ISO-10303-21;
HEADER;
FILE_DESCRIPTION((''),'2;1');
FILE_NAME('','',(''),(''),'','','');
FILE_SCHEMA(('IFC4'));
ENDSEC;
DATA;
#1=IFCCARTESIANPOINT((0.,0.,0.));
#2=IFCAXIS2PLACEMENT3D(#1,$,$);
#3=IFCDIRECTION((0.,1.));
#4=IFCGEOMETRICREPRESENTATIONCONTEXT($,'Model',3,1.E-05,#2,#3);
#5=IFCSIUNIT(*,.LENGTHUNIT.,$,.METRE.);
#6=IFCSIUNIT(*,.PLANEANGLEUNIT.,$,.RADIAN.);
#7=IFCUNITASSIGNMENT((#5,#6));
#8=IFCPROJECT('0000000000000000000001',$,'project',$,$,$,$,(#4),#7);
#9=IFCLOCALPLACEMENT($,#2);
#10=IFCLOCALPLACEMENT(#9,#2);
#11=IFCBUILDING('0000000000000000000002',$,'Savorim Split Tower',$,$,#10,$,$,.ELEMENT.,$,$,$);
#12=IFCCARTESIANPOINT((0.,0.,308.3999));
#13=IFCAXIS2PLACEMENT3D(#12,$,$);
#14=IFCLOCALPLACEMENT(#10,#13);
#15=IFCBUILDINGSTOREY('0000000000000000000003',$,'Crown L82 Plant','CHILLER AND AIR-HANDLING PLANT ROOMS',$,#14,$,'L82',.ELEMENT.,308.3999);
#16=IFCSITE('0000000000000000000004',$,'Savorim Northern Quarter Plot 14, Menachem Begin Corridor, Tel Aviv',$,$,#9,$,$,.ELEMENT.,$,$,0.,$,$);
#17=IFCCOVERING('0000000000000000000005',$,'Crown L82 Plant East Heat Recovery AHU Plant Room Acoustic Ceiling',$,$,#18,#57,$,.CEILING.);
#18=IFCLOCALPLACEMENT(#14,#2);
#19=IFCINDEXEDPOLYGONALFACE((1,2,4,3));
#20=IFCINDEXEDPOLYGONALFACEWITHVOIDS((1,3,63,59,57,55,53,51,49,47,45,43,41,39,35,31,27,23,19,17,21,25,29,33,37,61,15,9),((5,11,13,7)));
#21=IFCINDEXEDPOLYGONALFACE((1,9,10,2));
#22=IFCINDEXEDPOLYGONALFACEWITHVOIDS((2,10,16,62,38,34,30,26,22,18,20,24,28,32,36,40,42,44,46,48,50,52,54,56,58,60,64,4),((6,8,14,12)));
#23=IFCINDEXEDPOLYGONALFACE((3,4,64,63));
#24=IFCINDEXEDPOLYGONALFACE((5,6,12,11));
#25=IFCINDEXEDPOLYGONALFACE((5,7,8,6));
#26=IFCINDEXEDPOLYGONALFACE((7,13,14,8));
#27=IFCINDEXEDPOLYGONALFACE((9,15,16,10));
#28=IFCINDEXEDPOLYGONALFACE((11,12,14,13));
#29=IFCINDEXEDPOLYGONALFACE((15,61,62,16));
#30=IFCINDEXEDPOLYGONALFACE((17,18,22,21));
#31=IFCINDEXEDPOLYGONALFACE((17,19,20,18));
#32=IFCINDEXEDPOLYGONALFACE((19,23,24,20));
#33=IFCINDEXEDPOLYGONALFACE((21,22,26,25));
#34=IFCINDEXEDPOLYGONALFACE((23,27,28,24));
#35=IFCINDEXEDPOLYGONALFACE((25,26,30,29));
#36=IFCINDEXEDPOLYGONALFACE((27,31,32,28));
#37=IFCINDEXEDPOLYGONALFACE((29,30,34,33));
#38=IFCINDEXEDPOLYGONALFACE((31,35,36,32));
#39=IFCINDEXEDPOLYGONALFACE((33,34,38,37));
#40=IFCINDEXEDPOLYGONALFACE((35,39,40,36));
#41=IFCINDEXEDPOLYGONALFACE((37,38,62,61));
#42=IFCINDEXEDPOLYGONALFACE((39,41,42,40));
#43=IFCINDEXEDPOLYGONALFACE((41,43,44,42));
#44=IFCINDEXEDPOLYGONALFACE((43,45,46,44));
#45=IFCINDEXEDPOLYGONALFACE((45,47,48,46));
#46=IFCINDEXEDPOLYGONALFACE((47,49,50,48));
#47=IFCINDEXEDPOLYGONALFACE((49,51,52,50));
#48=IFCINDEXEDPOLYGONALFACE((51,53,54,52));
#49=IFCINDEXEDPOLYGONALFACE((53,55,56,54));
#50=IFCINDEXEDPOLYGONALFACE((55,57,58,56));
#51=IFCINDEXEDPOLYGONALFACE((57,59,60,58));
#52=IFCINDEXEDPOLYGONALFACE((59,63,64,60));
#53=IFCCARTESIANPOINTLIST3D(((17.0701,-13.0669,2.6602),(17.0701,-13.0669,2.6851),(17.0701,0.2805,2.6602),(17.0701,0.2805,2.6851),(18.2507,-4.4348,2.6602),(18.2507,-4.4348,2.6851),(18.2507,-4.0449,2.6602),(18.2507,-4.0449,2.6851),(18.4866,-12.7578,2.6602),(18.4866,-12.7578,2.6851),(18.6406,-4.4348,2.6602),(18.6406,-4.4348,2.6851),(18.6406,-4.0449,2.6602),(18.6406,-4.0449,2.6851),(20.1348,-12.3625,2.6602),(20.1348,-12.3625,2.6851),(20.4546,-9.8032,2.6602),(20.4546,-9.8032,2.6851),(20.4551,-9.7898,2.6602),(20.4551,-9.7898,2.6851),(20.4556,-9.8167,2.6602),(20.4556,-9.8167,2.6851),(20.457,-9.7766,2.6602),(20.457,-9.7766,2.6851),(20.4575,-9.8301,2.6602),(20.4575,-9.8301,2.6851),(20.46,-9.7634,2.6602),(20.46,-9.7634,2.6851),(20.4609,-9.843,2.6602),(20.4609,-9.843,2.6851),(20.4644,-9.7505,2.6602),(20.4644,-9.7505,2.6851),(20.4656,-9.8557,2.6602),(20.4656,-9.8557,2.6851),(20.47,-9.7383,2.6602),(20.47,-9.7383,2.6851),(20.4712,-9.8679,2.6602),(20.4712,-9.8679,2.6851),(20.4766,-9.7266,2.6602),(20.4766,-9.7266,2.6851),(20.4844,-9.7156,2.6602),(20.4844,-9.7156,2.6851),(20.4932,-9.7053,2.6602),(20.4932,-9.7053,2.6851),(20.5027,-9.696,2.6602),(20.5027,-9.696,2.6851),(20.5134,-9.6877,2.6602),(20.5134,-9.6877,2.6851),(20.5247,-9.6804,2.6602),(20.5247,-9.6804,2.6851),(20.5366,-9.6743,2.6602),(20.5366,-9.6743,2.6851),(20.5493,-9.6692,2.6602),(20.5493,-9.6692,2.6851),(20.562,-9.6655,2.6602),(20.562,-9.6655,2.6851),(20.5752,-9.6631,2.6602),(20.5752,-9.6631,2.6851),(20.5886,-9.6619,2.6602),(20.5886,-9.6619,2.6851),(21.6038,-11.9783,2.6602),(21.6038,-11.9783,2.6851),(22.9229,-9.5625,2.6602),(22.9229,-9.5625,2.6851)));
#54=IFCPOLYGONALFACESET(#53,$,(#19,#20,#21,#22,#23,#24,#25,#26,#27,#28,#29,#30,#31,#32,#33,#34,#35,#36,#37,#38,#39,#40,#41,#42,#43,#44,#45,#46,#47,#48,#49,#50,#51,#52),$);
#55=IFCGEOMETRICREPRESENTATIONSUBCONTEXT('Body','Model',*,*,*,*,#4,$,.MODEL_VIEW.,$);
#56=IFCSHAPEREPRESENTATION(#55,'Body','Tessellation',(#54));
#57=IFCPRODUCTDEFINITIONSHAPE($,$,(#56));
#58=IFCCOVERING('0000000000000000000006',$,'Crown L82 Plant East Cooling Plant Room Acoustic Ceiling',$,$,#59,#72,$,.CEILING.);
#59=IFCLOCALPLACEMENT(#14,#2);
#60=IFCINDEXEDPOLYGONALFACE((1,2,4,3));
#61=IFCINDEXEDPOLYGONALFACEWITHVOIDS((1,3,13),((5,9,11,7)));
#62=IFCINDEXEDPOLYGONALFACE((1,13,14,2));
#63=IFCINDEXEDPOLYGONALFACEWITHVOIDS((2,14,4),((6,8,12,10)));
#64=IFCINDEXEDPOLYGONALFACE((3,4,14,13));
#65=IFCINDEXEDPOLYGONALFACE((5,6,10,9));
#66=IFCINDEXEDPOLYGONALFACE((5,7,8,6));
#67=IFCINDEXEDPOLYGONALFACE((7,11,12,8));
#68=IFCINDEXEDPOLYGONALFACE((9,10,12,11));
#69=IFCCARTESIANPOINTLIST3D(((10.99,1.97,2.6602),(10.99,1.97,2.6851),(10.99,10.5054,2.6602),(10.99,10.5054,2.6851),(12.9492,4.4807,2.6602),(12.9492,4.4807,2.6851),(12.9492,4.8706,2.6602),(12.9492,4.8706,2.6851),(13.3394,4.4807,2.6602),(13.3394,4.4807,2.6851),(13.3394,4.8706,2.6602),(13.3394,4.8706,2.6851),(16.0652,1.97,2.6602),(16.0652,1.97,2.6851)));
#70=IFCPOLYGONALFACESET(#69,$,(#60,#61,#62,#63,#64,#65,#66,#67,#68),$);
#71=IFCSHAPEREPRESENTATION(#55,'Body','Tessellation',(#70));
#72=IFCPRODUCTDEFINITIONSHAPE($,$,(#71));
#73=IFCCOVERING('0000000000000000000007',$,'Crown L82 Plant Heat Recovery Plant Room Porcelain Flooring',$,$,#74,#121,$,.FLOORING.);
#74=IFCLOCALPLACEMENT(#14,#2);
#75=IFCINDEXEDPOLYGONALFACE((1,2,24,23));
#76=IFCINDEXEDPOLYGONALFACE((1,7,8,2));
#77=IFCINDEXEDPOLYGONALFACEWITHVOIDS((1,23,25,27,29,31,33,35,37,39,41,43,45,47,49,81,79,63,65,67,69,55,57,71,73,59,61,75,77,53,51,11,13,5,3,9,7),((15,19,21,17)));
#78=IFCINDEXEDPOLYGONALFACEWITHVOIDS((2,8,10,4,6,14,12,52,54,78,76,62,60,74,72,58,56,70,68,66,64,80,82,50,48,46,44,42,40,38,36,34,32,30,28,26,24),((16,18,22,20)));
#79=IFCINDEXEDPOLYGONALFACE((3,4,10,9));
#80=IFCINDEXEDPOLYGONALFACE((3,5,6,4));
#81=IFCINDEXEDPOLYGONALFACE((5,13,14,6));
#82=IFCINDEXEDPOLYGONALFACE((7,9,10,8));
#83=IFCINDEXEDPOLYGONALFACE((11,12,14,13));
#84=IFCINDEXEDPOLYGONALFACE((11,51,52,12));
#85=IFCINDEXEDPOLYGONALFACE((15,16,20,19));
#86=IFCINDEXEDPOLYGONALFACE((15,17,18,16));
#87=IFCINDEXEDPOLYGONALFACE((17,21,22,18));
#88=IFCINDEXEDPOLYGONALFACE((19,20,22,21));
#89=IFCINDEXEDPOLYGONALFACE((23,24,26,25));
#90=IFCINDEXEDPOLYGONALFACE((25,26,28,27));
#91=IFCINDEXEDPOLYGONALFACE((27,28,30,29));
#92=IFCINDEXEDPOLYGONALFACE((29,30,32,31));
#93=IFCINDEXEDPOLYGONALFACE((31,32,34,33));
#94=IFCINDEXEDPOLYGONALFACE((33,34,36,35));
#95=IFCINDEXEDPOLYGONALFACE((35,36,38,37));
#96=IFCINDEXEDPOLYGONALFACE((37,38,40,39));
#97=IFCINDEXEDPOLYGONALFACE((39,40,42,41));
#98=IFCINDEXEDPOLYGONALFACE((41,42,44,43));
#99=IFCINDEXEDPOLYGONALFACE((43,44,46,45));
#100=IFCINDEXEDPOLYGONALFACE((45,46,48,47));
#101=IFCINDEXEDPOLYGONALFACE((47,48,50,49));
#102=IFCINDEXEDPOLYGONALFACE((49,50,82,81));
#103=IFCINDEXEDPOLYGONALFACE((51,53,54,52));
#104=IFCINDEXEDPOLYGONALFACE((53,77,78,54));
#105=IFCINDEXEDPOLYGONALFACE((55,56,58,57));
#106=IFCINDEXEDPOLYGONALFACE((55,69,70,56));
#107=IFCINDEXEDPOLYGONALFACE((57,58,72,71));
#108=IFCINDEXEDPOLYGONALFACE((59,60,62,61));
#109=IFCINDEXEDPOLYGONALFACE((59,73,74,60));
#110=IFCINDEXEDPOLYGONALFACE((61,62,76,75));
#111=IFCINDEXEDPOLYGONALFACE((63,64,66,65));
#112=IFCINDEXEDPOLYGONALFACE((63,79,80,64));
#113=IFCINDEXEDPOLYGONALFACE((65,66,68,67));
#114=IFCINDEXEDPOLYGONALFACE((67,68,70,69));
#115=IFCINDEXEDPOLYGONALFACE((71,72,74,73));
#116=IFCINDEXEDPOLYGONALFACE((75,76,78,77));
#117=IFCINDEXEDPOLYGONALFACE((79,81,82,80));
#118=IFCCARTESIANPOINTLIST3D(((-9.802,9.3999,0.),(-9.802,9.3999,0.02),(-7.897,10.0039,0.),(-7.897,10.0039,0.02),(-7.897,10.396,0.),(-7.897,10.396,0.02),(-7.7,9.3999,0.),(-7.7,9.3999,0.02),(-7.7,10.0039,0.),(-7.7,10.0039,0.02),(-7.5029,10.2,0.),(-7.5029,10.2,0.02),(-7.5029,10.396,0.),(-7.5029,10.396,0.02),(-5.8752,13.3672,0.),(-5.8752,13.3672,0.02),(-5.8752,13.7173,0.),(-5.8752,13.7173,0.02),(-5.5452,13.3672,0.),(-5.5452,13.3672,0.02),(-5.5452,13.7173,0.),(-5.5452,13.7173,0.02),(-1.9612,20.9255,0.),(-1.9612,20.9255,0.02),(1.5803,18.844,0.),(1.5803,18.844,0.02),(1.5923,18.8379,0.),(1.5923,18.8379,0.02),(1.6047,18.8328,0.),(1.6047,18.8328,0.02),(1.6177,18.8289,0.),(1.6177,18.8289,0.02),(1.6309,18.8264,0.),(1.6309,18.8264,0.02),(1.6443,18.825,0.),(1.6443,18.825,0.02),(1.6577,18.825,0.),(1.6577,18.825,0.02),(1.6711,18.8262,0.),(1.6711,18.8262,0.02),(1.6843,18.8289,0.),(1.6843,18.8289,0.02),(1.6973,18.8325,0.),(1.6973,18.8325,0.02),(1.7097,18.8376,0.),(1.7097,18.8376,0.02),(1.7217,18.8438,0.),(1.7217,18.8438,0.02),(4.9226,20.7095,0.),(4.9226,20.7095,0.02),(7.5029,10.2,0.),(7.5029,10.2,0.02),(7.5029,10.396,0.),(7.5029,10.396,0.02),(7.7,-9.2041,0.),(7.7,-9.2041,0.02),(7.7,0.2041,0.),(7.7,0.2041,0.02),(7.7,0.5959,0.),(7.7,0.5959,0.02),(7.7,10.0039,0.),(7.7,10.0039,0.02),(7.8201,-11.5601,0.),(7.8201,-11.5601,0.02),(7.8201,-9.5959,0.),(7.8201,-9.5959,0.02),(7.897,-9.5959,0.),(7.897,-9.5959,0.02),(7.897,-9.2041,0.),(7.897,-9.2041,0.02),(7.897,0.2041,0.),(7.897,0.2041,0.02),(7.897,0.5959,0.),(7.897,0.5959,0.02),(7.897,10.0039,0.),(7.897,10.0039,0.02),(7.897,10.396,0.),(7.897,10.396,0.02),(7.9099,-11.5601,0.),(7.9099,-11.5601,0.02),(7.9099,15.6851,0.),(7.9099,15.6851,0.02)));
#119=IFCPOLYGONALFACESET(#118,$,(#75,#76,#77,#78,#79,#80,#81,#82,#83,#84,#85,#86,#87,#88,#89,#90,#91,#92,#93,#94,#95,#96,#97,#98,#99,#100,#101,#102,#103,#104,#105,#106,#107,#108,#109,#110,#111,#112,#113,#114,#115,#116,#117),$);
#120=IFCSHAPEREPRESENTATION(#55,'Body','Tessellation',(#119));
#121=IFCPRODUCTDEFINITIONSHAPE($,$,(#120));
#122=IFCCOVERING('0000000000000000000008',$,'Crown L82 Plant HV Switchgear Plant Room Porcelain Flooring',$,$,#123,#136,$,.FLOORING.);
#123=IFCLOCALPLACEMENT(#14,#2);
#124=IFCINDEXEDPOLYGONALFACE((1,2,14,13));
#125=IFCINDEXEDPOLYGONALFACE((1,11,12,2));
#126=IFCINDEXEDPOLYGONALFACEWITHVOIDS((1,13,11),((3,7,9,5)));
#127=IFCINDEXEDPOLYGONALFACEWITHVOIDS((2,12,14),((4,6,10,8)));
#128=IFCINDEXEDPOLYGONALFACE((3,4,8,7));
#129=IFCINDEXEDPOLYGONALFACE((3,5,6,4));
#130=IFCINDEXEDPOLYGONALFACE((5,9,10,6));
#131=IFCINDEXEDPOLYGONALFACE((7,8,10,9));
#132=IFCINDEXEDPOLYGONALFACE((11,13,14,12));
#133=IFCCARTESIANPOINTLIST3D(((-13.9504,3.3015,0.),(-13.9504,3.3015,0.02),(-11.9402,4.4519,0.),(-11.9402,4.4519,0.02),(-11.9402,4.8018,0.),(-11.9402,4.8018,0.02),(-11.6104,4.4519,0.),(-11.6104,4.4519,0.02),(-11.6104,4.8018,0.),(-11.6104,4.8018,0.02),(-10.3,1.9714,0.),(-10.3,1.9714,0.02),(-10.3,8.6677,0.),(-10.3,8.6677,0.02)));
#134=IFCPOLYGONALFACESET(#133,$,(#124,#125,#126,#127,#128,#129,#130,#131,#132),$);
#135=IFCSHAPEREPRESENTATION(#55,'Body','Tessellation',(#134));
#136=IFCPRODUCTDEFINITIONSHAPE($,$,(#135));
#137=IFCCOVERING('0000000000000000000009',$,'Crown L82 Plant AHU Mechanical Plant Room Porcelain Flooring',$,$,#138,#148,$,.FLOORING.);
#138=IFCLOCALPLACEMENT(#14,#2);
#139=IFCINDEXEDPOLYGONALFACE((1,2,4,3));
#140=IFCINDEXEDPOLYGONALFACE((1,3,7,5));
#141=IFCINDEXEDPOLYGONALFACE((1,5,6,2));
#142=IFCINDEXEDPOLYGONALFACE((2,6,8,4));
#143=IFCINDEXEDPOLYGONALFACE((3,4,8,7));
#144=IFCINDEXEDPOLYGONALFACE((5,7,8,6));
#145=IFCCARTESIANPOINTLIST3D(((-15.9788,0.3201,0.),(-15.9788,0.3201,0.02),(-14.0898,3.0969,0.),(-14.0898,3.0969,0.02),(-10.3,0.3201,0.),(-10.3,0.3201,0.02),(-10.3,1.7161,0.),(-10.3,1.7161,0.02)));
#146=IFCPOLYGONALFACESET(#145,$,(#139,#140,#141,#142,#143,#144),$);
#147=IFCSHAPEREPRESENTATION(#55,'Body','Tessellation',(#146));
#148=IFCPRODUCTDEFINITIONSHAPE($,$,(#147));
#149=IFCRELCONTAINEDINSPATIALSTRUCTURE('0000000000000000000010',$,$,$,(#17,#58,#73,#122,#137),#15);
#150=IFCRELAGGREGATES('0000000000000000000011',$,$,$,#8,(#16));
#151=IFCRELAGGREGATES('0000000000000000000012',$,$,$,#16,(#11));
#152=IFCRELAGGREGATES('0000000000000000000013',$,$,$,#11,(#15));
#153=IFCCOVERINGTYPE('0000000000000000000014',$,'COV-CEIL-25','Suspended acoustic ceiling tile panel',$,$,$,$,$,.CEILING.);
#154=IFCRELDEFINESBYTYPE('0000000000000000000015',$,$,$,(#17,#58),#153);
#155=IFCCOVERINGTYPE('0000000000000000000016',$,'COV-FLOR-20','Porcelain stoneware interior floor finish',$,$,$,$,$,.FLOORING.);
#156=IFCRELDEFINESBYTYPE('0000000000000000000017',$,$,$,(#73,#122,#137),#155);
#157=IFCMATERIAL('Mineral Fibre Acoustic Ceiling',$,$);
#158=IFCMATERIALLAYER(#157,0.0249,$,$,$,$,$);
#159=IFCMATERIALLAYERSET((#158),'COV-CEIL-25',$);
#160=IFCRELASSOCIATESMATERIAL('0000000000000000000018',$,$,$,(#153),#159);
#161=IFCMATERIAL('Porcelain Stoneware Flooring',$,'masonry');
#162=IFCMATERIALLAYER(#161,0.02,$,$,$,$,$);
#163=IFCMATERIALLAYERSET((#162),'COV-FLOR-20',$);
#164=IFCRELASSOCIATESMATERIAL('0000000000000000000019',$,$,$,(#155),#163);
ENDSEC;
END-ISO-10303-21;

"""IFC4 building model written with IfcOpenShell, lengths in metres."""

from ifc_helpers import new_model, si_unit, direction, frame, origin, place, context, subcontext, project, spatial, polyline, outline, extrude, material, layer, layer_set, type_object, element, save


model = new_model("IFC4")

# Units and contexts
model_context = context("Model", 3, precision=1e-05, world=origin(), true_north=direction((0.0, 1.0)))
body_context = subcontext(model_context, "Body", "Model", "MODEL_VIEW")
ifc_project = project(units=[si_unit("LENGTHUNIT", "METRE"), si_unit("PLANEANGLEUNIT", "RADIAN")], contexts=[model_context])

# Site, building, storey
site_placement = place(None, origin())
site = spatial("IfcSite", under=ifc_project, at=site_placement, Name="Savorim Northern Quarter Plot 14, Menachem Begin Corridor, Tel Aviv", CompositionType="ELEMENT", RefElevation=0.0)
building_placement = place(site_placement, origin())
building = spatial("IfcBuilding", under=site, at=building_placement, Name="Savorim Split Tower", CompositionType="ELEMENT")
storey_placement = place(building_placement, frame((0.0, 0.0, 308.3999)))
storey = spatial("IfcBuildingStorey", under=building, at=storey_placement, Name="Crown L82 Plant", Description="CHILLER AND AIR-HANDLING PLANT ROOMS", LongName="L82", CompositionType="ELEMENT", Elevation=308.3999)

# Coverings
ifc_material_1 = material(Name="Mineral Fibre Acoustic Ceiling")
ifc_layer_1 = layer(ifc_material_1, 0.0249)
ifc_layer_set_1 = layer_set([ifc_layer_1], Name="COV-CEIL-25")
covering_type_1 = type_object("IfcCoveringType", Name="COV-CEIL-25", Description="Suspended acoustic ceiling tile panel", PredefinedType="CEILING", material=ifc_layer_set_1)
covering_1_placement = place(storey_placement, frame((0.0, 0.0, 2.6602)))
element("IfcCovering", 1, at=covering_1_placement, inside=storey, type_object=covering_type_1, Name="Crown L82 Plant East Heat Recovery AHU Plant Room Acoustic Ceiling", PredefinedType="CEILING", context=body_context, shape_type="SweptSolid", body=[
    extrude(outline(polyline([(20.5493, -9.6692), (20.562, -9.6655), (20.5752, -9.6631), (20.5886, -9.6619), (22.9229, -9.5625), (17.0701, 0.2805), (17.0701, -13.0669), (18.4866, -12.7578), (20.1348, -12.3625), (21.6038, -11.9783), (20.4712, -9.8679), (20.4656, -9.8557), (20.4609, -9.843), (20.4575, -9.8301), (20.4556, -9.8167), (20.4546, -9.8032), (20.4551, -9.7898), (20.457, -9.7766), (20.46, -9.7634), (20.4644, -9.7505), (20.47, -9.7383), (20.4766, -9.7266), (20.4844, -9.7156), (20.4932, -9.7053), (20.5027, -9.696), (20.5134, -9.6877), (20.5247, -9.6804), (20.5366, -9.6743), (20.5493, -9.6692)]), holes=[polyline([(18.2507, -4.0449), (18.2507, -4.4348), (18.6406, -4.4348), (18.6406, -4.0449), (18.2507, -4.0449)])]), origin(), (0.0, 0.0, 1.0), 0.0249),
])
covering_2_placement = place(storey_placement, frame((0.0, 0.0, 2.6602)))
element("IfcCovering", 2, at=covering_2_placement, inside=storey, type_object=covering_type_1, Name="Crown L82 Plant East Cooling Plant Room Acoustic Ceiling", PredefinedType="CEILING", context=body_context, shape_type="SweptSolid", body=[
    extrude(outline(polyline([(10.99, 10.5054), (10.99, 1.97), (16.0652, 1.97), (10.99, 10.5054)]), holes=[polyline([(12.9492, 4.8706), (12.9492, 4.4807), (13.3394, 4.4807), (13.3394, 4.8706), (12.9492, 4.8706)])]), origin(), (0.0, 0.0, 1.0), 0.0249),
])
ifc_material_2 = material(Name="Porcelain Stoneware Flooring", Category="masonry")
ifc_layer_2 = layer(ifc_material_2, 0.02)
ifc_layer_set_2 = layer_set([ifc_layer_2], Name="COV-FLOR-20")
covering_type_2 = type_object("IfcCoveringType", Name="COV-FLOR-20", Description="Porcelain stoneware interior floor finish", PredefinedType="FLOORING", material=ifc_layer_set_2)
covering_3_placement = place(storey_placement, origin())
element("IfcCovering", 3, at=covering_3_placement, inside=storey, type_object=covering_type_2, Name="Crown L82 Plant Heat Recovery Plant Room Porcelain Flooring", PredefinedType="FLOORING", context=body_context, shape_type="SweptSolid", body=[
    extrude(outline(polyline([(1.5923, 18.8379), (1.5803, 18.844), (-1.9612, 20.9255), (-9.802, 9.3999), (-7.7, 9.3999), (-7.7, 10.0039), (-7.897, 10.0039), (-7.897, 10.396), (-7.5029, 10.396), (-7.5029, 10.2), (7.5029, 10.2), (7.5029, 10.396), (7.897, 10.396), (7.897, 10.0039), (7.7, 10.0039), (7.7, 0.5959), (7.897, 0.5959), (7.897, 0.2041), (7.7, 0.2041), (7.7, -9.2041), (7.897, -9.2041), (7.897, -9.5959), (7.8201, -9.5959), (7.8201, -11.5601), (7.9099, -11.5601), (7.9099, 15.6851), (4.9226, 20.7095), (1.7217, 18.8438), (1.7097, 18.8376), (1.6973, 18.8325), (1.6843, 18.8289), (1.6711, 18.8262), (1.6577, 18.825), (1.6443, 18.825), (1.6309, 18.8264), (1.6177, 18.8289), (1.6047, 18.8328), (1.5923, 18.8379)]), holes=[polyline([(-5.5452, 13.7173), (-5.8752, 13.7173), (-5.8752, 13.3672), (-5.5452, 13.3672), (-5.5452, 13.7173)])]), origin(), (0.0, 0.0, 1.0), 0.02),
])
covering_4_placement = place(storey_placement, origin())
element("IfcCovering", 4, at=covering_4_placement, inside=storey, type_object=covering_type_2, Name="Crown L82 Plant HV Switchgear Plant Room Porcelain Flooring", PredefinedType="FLOORING", context=body_context, shape_type="SweptSolid", body=[
    extrude(outline(polyline([(-13.9504, 3.3015), (-10.3, 1.9714), (-10.3, 8.6677), (-13.9504, 3.3015)]), holes=[polyline([(-11.6104, 4.4519), (-11.6104, 4.8018), (-11.9402, 4.8018), (-11.9402, 4.4519), (-11.6104, 4.4519)])]), origin(), (0.0, 0.0, 1.0), 0.02),
])
covering_5_placement = place(storey_placement, origin())
element("IfcCovering", 5, at=covering_5_placement, inside=storey, type_object=covering_type_2, Name="Crown L82 Plant AHU Mechanical Plant Room Porcelain Flooring", PredefinedType="FLOORING", context=body_context, shape_type="SweptSolid", body=[
    extrude(outline(polyline([(-10.3, 0.3201), (-10.3, 1.7161), (-14.0898, 3.0969), (-15.9788, 0.3201), (-10.3, 0.3201)])), origin(), (0.0, 0.0, 1.0), 0.02),
])

save(model, "model.ifc")
